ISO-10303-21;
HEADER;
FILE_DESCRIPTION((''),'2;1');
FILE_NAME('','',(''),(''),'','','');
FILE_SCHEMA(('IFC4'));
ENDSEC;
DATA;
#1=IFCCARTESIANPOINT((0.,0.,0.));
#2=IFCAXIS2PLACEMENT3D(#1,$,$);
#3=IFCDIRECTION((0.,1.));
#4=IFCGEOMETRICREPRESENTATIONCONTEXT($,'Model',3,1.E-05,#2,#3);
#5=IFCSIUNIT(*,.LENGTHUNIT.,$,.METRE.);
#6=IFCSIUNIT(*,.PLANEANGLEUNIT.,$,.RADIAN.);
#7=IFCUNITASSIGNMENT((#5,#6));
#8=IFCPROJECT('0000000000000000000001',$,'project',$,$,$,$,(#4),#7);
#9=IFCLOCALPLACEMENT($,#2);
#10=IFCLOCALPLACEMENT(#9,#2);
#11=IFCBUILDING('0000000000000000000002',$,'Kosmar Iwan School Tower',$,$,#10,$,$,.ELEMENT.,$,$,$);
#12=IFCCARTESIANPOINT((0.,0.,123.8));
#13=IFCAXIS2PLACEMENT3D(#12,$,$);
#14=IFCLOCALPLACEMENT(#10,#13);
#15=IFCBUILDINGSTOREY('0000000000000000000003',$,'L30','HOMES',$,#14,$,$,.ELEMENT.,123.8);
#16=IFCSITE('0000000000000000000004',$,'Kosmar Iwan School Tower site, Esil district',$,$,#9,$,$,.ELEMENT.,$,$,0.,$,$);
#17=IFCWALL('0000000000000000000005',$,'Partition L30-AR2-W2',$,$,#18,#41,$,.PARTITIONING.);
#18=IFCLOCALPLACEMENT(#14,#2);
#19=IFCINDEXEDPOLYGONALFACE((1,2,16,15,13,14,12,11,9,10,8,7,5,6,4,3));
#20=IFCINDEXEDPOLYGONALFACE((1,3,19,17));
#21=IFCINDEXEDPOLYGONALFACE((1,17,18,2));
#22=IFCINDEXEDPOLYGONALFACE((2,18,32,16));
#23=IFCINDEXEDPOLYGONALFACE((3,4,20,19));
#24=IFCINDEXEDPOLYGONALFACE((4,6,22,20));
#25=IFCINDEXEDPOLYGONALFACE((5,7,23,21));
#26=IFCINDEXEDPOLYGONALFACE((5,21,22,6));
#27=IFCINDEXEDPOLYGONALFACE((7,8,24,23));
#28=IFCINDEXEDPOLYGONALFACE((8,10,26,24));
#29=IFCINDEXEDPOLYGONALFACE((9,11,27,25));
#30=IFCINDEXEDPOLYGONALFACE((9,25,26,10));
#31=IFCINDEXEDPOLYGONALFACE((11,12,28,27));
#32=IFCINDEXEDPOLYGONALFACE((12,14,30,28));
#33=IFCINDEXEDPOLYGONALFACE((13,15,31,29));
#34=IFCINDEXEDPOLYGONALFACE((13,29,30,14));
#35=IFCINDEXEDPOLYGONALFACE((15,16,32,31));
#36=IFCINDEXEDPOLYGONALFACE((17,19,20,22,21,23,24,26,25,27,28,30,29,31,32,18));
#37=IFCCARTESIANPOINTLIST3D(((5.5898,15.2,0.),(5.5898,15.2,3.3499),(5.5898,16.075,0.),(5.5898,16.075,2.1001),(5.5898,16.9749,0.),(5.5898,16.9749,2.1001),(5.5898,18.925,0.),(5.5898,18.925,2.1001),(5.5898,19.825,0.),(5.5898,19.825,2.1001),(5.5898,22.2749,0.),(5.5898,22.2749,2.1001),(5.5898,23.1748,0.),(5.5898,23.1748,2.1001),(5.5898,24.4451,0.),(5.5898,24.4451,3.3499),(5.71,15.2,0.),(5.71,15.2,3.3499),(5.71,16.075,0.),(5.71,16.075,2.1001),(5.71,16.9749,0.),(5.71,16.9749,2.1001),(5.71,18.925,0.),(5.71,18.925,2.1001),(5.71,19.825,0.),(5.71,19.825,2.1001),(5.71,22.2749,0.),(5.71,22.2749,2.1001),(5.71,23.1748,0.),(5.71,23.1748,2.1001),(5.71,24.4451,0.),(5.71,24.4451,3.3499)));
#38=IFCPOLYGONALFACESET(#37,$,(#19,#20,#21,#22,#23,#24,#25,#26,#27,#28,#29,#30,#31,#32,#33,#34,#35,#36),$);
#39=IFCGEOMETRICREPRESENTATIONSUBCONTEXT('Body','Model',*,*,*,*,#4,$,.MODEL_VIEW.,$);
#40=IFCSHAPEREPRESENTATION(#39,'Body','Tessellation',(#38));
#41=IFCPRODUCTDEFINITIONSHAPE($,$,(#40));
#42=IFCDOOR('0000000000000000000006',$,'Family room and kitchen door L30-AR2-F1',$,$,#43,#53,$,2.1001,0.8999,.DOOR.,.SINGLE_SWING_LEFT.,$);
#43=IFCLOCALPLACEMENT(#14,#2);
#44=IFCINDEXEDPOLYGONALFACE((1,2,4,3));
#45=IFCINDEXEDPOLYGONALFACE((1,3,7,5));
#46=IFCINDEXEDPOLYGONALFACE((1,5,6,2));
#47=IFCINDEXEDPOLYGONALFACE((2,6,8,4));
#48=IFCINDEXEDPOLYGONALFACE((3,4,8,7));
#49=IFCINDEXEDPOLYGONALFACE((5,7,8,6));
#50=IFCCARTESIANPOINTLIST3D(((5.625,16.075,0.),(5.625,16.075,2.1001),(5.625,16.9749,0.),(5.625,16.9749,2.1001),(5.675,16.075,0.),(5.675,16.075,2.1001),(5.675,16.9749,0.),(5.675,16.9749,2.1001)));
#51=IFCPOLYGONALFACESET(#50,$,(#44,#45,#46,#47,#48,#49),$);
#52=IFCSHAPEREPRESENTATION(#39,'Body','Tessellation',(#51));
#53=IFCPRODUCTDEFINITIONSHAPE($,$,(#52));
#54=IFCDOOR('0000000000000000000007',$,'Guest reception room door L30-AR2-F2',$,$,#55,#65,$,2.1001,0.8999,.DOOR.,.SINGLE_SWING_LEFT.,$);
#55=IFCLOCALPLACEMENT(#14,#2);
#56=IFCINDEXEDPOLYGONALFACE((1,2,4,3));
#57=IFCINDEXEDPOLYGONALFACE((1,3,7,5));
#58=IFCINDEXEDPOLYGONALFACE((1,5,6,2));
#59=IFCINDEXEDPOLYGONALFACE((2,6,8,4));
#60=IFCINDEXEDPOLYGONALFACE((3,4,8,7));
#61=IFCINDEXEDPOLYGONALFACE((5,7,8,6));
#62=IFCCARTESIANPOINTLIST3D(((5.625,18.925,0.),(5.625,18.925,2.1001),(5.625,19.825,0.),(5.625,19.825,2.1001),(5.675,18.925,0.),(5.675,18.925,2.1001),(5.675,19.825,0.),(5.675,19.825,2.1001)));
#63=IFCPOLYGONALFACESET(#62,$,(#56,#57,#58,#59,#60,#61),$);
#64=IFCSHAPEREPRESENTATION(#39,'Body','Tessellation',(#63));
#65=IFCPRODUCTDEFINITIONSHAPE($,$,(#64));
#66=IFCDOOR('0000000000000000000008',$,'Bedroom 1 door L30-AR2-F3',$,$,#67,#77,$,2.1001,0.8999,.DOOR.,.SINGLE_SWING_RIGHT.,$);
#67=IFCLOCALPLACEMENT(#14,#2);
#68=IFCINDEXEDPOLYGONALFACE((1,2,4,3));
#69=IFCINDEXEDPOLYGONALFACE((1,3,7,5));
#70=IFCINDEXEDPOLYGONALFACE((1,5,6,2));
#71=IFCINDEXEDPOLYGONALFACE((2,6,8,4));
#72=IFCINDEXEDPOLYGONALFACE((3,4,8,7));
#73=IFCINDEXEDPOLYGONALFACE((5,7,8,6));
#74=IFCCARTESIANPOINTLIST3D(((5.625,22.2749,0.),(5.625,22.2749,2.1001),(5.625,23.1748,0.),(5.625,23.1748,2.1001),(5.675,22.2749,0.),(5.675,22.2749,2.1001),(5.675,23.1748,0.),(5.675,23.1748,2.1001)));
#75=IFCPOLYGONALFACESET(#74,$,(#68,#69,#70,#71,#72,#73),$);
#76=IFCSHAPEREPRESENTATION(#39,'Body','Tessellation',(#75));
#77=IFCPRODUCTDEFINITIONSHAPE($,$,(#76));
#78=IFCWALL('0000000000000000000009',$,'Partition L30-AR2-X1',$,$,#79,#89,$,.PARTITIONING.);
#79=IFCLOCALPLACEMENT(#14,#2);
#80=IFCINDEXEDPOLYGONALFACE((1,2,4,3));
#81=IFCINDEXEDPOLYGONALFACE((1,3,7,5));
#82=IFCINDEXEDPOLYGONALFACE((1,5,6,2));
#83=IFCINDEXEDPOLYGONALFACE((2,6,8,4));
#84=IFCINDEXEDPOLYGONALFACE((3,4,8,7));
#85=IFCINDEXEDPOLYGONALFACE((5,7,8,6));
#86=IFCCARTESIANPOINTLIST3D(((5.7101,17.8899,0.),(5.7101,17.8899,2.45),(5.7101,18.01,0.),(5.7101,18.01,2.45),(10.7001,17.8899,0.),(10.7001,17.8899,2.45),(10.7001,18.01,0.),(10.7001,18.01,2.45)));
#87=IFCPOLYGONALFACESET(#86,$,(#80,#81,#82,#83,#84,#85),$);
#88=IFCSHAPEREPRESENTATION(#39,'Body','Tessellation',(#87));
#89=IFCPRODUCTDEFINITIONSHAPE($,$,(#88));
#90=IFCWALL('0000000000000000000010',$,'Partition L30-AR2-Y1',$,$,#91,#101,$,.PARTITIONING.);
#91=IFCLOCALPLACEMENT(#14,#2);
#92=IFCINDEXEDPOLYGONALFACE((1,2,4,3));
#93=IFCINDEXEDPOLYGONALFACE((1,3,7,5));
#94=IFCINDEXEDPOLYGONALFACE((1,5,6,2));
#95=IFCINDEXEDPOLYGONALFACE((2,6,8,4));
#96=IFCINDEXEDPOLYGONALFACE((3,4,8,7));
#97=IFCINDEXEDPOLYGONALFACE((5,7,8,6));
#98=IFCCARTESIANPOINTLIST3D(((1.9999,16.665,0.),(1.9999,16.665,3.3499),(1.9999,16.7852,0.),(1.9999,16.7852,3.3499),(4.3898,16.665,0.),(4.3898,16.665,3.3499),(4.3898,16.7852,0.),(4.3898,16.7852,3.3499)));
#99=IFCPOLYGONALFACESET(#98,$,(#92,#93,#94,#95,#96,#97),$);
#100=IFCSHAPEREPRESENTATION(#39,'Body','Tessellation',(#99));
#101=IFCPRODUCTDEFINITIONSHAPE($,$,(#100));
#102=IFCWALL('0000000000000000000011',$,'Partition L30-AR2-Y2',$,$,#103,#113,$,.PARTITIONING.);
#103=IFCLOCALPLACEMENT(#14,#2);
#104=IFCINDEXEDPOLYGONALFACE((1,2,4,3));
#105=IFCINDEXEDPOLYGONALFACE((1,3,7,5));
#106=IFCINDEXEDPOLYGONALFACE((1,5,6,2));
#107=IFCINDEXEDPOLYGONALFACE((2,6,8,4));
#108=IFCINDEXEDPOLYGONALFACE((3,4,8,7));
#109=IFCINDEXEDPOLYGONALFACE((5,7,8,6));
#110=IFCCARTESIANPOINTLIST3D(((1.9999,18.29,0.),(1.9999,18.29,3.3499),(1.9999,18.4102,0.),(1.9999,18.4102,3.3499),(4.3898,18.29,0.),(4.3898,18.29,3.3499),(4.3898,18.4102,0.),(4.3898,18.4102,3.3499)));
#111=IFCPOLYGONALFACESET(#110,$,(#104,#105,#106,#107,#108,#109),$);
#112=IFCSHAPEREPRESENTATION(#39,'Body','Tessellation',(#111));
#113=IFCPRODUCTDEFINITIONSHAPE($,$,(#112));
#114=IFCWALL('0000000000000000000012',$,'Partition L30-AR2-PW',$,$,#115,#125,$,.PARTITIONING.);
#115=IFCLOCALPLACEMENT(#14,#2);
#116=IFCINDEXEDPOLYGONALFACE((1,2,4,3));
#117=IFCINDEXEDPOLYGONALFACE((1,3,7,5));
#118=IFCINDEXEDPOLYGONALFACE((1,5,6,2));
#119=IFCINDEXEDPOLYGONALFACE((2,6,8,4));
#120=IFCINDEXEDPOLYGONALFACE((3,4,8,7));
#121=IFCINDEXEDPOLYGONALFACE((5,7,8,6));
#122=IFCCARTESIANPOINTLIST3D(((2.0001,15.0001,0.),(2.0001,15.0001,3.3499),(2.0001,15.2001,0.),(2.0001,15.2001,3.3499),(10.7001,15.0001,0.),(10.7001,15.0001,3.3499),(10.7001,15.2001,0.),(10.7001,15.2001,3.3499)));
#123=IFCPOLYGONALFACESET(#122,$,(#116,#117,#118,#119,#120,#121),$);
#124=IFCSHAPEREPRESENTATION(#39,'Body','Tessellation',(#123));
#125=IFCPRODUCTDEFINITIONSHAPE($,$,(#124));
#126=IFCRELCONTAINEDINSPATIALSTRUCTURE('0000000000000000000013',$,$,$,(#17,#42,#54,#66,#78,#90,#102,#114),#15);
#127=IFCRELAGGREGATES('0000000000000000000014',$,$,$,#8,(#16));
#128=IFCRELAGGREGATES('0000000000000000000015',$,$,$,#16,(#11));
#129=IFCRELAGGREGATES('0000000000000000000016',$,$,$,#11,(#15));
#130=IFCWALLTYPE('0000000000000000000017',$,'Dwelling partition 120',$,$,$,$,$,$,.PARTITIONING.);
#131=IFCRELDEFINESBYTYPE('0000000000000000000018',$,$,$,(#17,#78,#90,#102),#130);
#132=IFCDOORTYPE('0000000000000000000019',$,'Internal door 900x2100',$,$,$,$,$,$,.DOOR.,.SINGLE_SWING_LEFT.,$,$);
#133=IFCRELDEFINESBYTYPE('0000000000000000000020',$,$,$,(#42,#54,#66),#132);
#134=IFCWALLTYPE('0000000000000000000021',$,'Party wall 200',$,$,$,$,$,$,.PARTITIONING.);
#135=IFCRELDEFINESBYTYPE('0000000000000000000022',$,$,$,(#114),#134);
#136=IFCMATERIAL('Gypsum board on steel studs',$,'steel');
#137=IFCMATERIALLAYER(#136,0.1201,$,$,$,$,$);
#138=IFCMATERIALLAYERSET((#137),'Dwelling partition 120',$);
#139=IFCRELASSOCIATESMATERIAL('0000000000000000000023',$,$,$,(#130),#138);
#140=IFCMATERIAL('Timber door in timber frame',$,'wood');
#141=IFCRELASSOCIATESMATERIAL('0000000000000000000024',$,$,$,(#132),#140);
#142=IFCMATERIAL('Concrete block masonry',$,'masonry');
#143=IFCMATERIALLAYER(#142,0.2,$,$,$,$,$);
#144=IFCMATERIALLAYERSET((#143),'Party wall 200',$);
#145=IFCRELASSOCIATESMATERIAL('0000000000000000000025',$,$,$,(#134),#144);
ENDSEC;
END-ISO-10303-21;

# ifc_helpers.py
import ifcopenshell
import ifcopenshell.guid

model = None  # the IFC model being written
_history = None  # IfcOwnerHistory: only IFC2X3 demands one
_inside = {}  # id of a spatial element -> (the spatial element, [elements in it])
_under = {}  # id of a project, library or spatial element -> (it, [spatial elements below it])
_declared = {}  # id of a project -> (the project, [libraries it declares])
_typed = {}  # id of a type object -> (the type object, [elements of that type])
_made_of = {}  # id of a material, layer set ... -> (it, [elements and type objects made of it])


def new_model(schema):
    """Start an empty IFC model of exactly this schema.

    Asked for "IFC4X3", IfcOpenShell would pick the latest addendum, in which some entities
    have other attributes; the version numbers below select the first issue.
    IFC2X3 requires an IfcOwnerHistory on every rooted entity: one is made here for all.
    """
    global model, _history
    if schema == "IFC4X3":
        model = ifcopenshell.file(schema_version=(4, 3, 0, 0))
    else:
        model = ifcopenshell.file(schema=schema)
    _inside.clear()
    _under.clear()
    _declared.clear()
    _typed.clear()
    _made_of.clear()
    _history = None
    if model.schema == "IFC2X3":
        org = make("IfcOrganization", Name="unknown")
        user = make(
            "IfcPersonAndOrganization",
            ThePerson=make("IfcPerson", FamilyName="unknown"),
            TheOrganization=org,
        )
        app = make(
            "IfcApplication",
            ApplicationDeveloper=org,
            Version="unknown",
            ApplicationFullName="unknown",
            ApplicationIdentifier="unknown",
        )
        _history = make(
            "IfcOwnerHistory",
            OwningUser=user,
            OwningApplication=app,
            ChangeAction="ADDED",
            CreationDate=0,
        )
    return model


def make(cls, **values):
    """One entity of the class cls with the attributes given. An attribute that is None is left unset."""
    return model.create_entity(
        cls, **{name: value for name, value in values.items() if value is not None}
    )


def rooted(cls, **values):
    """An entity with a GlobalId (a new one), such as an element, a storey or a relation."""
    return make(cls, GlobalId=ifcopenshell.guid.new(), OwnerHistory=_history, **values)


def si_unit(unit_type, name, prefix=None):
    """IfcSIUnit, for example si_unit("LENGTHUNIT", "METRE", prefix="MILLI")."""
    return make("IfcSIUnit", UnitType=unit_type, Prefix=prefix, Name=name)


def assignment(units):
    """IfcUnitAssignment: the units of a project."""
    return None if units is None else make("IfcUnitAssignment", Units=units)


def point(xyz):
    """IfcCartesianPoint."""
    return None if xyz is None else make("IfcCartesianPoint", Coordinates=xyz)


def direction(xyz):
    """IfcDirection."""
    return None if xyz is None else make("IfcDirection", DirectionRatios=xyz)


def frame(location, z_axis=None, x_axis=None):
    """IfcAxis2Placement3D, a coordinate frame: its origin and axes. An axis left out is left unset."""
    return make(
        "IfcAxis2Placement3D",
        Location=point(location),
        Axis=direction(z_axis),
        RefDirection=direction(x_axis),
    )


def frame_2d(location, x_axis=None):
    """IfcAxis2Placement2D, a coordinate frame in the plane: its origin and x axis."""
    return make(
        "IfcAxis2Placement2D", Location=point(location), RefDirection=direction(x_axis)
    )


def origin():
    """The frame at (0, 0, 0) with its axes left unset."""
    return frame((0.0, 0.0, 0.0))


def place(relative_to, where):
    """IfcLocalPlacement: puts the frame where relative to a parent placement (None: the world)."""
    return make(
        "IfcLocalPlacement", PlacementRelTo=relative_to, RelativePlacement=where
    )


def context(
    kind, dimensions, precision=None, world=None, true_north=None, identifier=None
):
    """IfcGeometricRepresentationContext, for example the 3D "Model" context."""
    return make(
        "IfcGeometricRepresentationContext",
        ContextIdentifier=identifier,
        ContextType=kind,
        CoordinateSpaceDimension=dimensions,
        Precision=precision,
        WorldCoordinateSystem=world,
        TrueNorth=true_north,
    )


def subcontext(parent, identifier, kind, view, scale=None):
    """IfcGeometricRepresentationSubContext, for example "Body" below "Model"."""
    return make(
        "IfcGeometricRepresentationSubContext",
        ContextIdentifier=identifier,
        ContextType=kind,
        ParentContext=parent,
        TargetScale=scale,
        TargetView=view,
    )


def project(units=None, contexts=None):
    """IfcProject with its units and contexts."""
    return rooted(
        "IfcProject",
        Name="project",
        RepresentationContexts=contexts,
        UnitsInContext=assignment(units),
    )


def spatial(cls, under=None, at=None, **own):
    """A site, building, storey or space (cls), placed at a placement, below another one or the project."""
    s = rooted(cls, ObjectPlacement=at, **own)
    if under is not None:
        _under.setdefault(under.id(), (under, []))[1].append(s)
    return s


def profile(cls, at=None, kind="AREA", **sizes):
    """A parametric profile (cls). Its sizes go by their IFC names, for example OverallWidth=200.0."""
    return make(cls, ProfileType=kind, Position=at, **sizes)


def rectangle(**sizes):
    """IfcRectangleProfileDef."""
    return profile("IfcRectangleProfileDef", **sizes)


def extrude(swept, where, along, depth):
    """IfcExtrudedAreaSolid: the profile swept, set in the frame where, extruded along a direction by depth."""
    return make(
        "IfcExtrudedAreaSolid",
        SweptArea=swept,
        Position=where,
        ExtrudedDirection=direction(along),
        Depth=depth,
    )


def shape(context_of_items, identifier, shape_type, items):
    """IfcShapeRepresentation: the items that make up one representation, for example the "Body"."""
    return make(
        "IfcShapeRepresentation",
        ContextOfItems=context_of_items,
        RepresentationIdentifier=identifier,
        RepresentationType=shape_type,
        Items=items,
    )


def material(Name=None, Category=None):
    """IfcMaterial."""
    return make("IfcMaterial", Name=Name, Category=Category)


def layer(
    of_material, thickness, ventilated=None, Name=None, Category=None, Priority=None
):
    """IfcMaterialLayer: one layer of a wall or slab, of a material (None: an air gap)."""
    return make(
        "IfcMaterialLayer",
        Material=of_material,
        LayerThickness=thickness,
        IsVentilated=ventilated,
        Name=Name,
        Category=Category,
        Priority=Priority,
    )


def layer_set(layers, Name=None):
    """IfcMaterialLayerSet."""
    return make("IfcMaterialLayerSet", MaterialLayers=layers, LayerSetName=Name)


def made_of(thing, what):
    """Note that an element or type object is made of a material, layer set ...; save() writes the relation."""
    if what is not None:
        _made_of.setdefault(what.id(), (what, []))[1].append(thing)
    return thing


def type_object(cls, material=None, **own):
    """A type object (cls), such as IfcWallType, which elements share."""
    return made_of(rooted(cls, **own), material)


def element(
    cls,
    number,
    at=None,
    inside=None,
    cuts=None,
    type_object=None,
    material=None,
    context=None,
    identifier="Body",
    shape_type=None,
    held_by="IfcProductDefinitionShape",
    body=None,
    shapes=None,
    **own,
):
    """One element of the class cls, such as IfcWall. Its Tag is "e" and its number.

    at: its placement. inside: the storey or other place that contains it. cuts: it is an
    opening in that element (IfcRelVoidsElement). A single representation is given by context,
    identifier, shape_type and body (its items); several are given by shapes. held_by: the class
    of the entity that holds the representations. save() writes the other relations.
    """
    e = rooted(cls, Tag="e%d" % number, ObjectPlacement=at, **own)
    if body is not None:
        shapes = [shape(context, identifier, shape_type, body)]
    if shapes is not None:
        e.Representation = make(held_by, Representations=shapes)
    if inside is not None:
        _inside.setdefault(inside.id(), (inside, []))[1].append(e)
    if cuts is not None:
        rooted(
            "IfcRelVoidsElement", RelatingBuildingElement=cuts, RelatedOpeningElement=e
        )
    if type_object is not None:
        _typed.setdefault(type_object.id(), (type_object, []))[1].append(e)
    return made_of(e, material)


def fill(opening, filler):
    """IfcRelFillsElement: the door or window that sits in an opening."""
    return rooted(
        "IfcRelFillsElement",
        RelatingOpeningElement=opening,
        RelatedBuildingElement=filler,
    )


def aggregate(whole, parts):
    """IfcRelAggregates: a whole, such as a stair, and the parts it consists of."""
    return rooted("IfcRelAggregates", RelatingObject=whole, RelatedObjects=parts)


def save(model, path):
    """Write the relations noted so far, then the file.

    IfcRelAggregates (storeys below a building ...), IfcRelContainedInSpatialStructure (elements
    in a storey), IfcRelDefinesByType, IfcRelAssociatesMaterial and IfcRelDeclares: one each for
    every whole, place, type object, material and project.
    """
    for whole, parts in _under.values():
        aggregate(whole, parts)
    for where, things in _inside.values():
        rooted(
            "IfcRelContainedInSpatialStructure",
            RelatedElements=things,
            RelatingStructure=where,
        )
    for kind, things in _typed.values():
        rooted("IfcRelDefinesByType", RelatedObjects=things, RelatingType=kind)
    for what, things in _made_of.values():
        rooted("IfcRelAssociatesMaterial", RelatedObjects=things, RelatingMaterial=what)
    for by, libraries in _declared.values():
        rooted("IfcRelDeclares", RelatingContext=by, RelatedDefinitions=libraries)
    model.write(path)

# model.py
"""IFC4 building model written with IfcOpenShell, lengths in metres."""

from ifc_helpers import new_model, si_unit, direction, frame, frame_2d, origin, place, context, subcontext, project, spatial, rectangle, extrude, material, layer, layer_set, type_object, element, fill, save


model = new_model("IFC4")

# Units and contexts
model_context = context("Model", 3, precision=1e-05, world=origin(), true_north=direction((0.0, 1.0)))
body_context = subcontext(model_context, "Body", "Model", "MODEL_VIEW")
ifc_project = project(units=[si_unit("LENGTHUNIT", "METRE"), si_unit("PLANEANGLEUNIT", "RADIAN")], contexts=[model_context])

# Site, building, storey
site_placement = place(None, origin())
site = spatial("IfcSite", under=ifc_project, at=site_placement, Name="Kosmar Iwan School Tower site, Esil district", CompositionType="ELEMENT", RefElevation=0.0)
building_placement = place(site_placement, origin())
building = spatial("IfcBuilding", under=site, at=building_placement, Name="Kosmar Iwan School Tower", CompositionType="ELEMENT")
storey_placement = place(building_placement, frame((0.0, 0.0, 123.8)))
storey = spatial("IfcBuildingStorey", under=building, at=storey_placement, Name="L30", Description="HOMES", CompositionType="ELEMENT", Elevation=123.8)

# Shared definitions
ifc_material_1 = material(Name="Gypsum board on steel studs", Category="steel")
ifc_layer_1 = layer(ifc_material_1, 0.1201)
ifc_layer_set_1 = layer_set([ifc_layer_1], Name="Dwelling partition 120")
wall_type_1 = type_object("IfcWallType", Name="Dwelling partition 120", PredefinedType="PARTITIONING", material=ifc_layer_set_1)

# Wall, openings, doors
ifc_material_2 = material(Name="Timber door in timber frame", Category="wood")
door_type_1 = type_object("IfcDoorType", Name="Internal door 900x2100", OperationType="SINGLE_SWING_LEFT", PredefinedType="DOOR", material=ifc_material_2)
wall_1_placement = place(storey_placement, frame((5.6499, 15.2, 0.0), z_axis=(0.0, 0.0, 1.0), x_axis=(0.0, 1.0, 0.0)))
wall_1 = element("IfcWall", 1, at=wall_1_placement, inside=storey, type_object=wall_type_1, Name="Partition L30-AR2-W2", PredefinedType="PARTITIONING", context=body_context, shape_type="SweptSolid", body=[
    extrude(rectangle(XDim=9.2451, YDim=0.1201, at=frame_2d((4.6226, 0.0))), origin(), (0.0, 0.0, 1.0), 3.3499),
])
opening_1_placement = place(wall_1_placement, frame((0.875, 0.0, 0.0)))
opening_1 = element("IfcOpeningElement", 2, at=opening_1_placement, cuts=wall_1, PredefinedType="OPENING", context=body_context, shape_type="SweptSolid", body=[
    extrude(rectangle(XDim=0.8999, YDim=2.1001, at=frame_2d((0.45, 1.05))), frame((0.0, 0.072, 0.0), z_axis=(0.0, -1.0, 0.0), x_axis=(1.0, 0.0, 0.0)), (0.0, 0.0, 1.0), 0.144),
])
opening_2_placement = place(wall_1_placement, frame((3.7251, 0.0, 0.0)))
opening_2 = element("IfcOpeningElement", 3, at=opening_2_placement, cuts=wall_1, PredefinedType="OPENING", context=body_context, shape_type="SweptSolid", body=[
    extrude(rectangle(XDim=0.8999, YDim=2.1001, at=frame_2d((0.45, 1.05))), frame((0.0, 0.072, 0.0), z_axis=(0.0, -1.0, 0.0), x_axis=(1.0, 0.0, 0.0)), (0.0, 0.0, 1.0), 0.144),
])
opening_3_placement = place(wall_1_placement, frame((7.075, 0.0, 0.0)))
opening_3 = element("IfcOpeningElement", 4, at=opening_3_placement, cuts=wall_1, PredefinedType="OPENING", context=body_context, shape_type="SweptSolid", body=[
    extrude(rectangle(XDim=0.8999, YDim=2.1001, at=frame_2d((0.45, 1.05))), frame((0.0, 0.072, 0.0), z_axis=(0.0, -1.0, 0.0), x_axis=(1.0, 0.0, 0.0)), (0.0, 0.0, 1.0), 0.144),
])
door_1_placement = place(opening_1_placement, origin())
door_1 = element("IfcDoor", 5, at=door_1_placement, inside=storey, type_object=door_type_1, Name="Family room and kitchen door L30-AR2-F1", OperationType="SINGLE_SWING_LEFT", OverallHeight=2.1001, OverallWidth=0.8999, PredefinedType="DOOR", context=body_context, shape_type="SweptSolid", body=[
    extrude(rectangle(XDim=0.8999, YDim=2.1001, at=frame_2d((0.45, 1.05))), frame((0.0, 0.0249, 0.0), z_axis=(0.0, -1.0, 0.0), x_axis=(1.0, 0.0, 0.0)), (0.0, 0.0, 1.0), 0.05),
])
fill(opening_1, door_1)
door_2_placement = place(opening_2_placement, origin())
door_2 = element("IfcDoor", 6, at=door_2_placement, inside=storey, type_object=door_type_1, Name="Guest reception room door L30-AR2-F2", OperationType="SINGLE_SWING_LEFT", OverallHeight=2.1001, OverallWidth=0.8999, PredefinedType="DOOR", context=body_context, shape_type="SweptSolid", body=[
    extrude(rectangle(XDim=0.8999, YDim=2.1001, at=frame_2d((0.45, 1.05))), frame((0.0, 0.0249, 0.0), z_axis=(0.0, -1.0, 0.0), x_axis=(1.0, 0.0, 0.0)), (0.0, 0.0, 1.0), 0.05),
])
fill(opening_2, door_2)
door_3_placement = place(opening_3_placement, origin())
door_3 = element("IfcDoor", 7, at=door_3_placement, inside=storey, type_object=door_type_1, Name="Bedroom 1 door L30-AR2-F3", OperationType="SINGLE_SWING_RIGHT", OverallHeight=2.1001, OverallWidth=0.8999, PredefinedType="DOOR", context=body_context, shape_type="SweptSolid", body=[
    extrude(rectangle(XDim=0.8999, YDim=2.1001, at=frame_2d((0.45, 1.05))), frame((0.0, 0.0249, 0.0), z_axis=(0.0, -1.0, 0.0), x_axis=(1.0, 0.0, 0.0)), (0.0, 0.0, 1.0), 0.05),
])
fill(opening_3, door_3)

# Walls
wall_2_placement = place(storey_placement, frame((5.71, 17.95, 0.0), z_axis=(0.0, 0.0, 1.0), x_axis=(1.0, 0.0, 0.0)))
element("IfcWall", 8, at=wall_2_placement, inside=storey, type_object=wall_type_1, Name="Partition L30-AR2-X1", PredefinedType="PARTITIONING", context=body_context, shape_type="SweptSolid", body=[
    extrude(rectangle(XDim=4.99, YDim=0.1201, at=frame_2d((2.4951, 0.0))), origin(), (0.0, 0.0, 1.0), 2.45),
])
for number, where, z_axis, x_axis, name in (
    (9, (2.0, 16.7251, 0.0), (0.0, 0.0, 1.0), (1.0, 0.0, 0.0), "Partition L30-AR2-Y1"),
    (10, (2.0, 18.3501, 0.0), (0.0, 0.0, 1.0), (1.0, 0.0, 0.0), "Partition L30-AR2-Y2"),
):
    element("IfcWall", number, at=place(storey_placement, frame(where, z_axis=z_axis, x_axis=x_axis)), inside=storey, type_object=wall_type_1, Name=name, PredefinedType="PARTITIONING", context=body_context, shape_type="SweptSolid", body=[
        extrude(rectangle(XDim=2.3899, YDim=0.1201, at=frame_2d((1.1948, 0.0))), origin(), (0.0, 0.0, 1.0), 3.3499),
    ])
ifc_material_3 = material(Name="Concrete block masonry", Category="masonry")
ifc_layer_2 = layer(ifc_material_3, 0.2)
ifc_layer_set_2 = layer_set([ifc_layer_2], Name="Party wall 200")
wall_type_2 = type_object("IfcWallType", Name="Party wall 200", PredefinedType="PARTITIONING", material=ifc_layer_set_2)
wall_3_placement = place(storey_placement, frame((2.0, 15.1001, 0.0), z_axis=(0.0, 0.0, 1.0), x_axis=(1.0, 0.0, 0.0)))
element("IfcWall", 11, at=wall_3_placement, inside=storey, type_object=wall_type_2, Name="Partition L30-AR2-PW", PredefinedType="PARTITIONING", context=body_context, shape_type="SweptSolid", body=[
    extrude(rectangle(XDim=8.7, YDim=0.2, at=frame_2d((4.3501, 0.0))), origin(), (0.0, 0.0, 1.0), 3.3499),
])

save(model, "model.ifc")
